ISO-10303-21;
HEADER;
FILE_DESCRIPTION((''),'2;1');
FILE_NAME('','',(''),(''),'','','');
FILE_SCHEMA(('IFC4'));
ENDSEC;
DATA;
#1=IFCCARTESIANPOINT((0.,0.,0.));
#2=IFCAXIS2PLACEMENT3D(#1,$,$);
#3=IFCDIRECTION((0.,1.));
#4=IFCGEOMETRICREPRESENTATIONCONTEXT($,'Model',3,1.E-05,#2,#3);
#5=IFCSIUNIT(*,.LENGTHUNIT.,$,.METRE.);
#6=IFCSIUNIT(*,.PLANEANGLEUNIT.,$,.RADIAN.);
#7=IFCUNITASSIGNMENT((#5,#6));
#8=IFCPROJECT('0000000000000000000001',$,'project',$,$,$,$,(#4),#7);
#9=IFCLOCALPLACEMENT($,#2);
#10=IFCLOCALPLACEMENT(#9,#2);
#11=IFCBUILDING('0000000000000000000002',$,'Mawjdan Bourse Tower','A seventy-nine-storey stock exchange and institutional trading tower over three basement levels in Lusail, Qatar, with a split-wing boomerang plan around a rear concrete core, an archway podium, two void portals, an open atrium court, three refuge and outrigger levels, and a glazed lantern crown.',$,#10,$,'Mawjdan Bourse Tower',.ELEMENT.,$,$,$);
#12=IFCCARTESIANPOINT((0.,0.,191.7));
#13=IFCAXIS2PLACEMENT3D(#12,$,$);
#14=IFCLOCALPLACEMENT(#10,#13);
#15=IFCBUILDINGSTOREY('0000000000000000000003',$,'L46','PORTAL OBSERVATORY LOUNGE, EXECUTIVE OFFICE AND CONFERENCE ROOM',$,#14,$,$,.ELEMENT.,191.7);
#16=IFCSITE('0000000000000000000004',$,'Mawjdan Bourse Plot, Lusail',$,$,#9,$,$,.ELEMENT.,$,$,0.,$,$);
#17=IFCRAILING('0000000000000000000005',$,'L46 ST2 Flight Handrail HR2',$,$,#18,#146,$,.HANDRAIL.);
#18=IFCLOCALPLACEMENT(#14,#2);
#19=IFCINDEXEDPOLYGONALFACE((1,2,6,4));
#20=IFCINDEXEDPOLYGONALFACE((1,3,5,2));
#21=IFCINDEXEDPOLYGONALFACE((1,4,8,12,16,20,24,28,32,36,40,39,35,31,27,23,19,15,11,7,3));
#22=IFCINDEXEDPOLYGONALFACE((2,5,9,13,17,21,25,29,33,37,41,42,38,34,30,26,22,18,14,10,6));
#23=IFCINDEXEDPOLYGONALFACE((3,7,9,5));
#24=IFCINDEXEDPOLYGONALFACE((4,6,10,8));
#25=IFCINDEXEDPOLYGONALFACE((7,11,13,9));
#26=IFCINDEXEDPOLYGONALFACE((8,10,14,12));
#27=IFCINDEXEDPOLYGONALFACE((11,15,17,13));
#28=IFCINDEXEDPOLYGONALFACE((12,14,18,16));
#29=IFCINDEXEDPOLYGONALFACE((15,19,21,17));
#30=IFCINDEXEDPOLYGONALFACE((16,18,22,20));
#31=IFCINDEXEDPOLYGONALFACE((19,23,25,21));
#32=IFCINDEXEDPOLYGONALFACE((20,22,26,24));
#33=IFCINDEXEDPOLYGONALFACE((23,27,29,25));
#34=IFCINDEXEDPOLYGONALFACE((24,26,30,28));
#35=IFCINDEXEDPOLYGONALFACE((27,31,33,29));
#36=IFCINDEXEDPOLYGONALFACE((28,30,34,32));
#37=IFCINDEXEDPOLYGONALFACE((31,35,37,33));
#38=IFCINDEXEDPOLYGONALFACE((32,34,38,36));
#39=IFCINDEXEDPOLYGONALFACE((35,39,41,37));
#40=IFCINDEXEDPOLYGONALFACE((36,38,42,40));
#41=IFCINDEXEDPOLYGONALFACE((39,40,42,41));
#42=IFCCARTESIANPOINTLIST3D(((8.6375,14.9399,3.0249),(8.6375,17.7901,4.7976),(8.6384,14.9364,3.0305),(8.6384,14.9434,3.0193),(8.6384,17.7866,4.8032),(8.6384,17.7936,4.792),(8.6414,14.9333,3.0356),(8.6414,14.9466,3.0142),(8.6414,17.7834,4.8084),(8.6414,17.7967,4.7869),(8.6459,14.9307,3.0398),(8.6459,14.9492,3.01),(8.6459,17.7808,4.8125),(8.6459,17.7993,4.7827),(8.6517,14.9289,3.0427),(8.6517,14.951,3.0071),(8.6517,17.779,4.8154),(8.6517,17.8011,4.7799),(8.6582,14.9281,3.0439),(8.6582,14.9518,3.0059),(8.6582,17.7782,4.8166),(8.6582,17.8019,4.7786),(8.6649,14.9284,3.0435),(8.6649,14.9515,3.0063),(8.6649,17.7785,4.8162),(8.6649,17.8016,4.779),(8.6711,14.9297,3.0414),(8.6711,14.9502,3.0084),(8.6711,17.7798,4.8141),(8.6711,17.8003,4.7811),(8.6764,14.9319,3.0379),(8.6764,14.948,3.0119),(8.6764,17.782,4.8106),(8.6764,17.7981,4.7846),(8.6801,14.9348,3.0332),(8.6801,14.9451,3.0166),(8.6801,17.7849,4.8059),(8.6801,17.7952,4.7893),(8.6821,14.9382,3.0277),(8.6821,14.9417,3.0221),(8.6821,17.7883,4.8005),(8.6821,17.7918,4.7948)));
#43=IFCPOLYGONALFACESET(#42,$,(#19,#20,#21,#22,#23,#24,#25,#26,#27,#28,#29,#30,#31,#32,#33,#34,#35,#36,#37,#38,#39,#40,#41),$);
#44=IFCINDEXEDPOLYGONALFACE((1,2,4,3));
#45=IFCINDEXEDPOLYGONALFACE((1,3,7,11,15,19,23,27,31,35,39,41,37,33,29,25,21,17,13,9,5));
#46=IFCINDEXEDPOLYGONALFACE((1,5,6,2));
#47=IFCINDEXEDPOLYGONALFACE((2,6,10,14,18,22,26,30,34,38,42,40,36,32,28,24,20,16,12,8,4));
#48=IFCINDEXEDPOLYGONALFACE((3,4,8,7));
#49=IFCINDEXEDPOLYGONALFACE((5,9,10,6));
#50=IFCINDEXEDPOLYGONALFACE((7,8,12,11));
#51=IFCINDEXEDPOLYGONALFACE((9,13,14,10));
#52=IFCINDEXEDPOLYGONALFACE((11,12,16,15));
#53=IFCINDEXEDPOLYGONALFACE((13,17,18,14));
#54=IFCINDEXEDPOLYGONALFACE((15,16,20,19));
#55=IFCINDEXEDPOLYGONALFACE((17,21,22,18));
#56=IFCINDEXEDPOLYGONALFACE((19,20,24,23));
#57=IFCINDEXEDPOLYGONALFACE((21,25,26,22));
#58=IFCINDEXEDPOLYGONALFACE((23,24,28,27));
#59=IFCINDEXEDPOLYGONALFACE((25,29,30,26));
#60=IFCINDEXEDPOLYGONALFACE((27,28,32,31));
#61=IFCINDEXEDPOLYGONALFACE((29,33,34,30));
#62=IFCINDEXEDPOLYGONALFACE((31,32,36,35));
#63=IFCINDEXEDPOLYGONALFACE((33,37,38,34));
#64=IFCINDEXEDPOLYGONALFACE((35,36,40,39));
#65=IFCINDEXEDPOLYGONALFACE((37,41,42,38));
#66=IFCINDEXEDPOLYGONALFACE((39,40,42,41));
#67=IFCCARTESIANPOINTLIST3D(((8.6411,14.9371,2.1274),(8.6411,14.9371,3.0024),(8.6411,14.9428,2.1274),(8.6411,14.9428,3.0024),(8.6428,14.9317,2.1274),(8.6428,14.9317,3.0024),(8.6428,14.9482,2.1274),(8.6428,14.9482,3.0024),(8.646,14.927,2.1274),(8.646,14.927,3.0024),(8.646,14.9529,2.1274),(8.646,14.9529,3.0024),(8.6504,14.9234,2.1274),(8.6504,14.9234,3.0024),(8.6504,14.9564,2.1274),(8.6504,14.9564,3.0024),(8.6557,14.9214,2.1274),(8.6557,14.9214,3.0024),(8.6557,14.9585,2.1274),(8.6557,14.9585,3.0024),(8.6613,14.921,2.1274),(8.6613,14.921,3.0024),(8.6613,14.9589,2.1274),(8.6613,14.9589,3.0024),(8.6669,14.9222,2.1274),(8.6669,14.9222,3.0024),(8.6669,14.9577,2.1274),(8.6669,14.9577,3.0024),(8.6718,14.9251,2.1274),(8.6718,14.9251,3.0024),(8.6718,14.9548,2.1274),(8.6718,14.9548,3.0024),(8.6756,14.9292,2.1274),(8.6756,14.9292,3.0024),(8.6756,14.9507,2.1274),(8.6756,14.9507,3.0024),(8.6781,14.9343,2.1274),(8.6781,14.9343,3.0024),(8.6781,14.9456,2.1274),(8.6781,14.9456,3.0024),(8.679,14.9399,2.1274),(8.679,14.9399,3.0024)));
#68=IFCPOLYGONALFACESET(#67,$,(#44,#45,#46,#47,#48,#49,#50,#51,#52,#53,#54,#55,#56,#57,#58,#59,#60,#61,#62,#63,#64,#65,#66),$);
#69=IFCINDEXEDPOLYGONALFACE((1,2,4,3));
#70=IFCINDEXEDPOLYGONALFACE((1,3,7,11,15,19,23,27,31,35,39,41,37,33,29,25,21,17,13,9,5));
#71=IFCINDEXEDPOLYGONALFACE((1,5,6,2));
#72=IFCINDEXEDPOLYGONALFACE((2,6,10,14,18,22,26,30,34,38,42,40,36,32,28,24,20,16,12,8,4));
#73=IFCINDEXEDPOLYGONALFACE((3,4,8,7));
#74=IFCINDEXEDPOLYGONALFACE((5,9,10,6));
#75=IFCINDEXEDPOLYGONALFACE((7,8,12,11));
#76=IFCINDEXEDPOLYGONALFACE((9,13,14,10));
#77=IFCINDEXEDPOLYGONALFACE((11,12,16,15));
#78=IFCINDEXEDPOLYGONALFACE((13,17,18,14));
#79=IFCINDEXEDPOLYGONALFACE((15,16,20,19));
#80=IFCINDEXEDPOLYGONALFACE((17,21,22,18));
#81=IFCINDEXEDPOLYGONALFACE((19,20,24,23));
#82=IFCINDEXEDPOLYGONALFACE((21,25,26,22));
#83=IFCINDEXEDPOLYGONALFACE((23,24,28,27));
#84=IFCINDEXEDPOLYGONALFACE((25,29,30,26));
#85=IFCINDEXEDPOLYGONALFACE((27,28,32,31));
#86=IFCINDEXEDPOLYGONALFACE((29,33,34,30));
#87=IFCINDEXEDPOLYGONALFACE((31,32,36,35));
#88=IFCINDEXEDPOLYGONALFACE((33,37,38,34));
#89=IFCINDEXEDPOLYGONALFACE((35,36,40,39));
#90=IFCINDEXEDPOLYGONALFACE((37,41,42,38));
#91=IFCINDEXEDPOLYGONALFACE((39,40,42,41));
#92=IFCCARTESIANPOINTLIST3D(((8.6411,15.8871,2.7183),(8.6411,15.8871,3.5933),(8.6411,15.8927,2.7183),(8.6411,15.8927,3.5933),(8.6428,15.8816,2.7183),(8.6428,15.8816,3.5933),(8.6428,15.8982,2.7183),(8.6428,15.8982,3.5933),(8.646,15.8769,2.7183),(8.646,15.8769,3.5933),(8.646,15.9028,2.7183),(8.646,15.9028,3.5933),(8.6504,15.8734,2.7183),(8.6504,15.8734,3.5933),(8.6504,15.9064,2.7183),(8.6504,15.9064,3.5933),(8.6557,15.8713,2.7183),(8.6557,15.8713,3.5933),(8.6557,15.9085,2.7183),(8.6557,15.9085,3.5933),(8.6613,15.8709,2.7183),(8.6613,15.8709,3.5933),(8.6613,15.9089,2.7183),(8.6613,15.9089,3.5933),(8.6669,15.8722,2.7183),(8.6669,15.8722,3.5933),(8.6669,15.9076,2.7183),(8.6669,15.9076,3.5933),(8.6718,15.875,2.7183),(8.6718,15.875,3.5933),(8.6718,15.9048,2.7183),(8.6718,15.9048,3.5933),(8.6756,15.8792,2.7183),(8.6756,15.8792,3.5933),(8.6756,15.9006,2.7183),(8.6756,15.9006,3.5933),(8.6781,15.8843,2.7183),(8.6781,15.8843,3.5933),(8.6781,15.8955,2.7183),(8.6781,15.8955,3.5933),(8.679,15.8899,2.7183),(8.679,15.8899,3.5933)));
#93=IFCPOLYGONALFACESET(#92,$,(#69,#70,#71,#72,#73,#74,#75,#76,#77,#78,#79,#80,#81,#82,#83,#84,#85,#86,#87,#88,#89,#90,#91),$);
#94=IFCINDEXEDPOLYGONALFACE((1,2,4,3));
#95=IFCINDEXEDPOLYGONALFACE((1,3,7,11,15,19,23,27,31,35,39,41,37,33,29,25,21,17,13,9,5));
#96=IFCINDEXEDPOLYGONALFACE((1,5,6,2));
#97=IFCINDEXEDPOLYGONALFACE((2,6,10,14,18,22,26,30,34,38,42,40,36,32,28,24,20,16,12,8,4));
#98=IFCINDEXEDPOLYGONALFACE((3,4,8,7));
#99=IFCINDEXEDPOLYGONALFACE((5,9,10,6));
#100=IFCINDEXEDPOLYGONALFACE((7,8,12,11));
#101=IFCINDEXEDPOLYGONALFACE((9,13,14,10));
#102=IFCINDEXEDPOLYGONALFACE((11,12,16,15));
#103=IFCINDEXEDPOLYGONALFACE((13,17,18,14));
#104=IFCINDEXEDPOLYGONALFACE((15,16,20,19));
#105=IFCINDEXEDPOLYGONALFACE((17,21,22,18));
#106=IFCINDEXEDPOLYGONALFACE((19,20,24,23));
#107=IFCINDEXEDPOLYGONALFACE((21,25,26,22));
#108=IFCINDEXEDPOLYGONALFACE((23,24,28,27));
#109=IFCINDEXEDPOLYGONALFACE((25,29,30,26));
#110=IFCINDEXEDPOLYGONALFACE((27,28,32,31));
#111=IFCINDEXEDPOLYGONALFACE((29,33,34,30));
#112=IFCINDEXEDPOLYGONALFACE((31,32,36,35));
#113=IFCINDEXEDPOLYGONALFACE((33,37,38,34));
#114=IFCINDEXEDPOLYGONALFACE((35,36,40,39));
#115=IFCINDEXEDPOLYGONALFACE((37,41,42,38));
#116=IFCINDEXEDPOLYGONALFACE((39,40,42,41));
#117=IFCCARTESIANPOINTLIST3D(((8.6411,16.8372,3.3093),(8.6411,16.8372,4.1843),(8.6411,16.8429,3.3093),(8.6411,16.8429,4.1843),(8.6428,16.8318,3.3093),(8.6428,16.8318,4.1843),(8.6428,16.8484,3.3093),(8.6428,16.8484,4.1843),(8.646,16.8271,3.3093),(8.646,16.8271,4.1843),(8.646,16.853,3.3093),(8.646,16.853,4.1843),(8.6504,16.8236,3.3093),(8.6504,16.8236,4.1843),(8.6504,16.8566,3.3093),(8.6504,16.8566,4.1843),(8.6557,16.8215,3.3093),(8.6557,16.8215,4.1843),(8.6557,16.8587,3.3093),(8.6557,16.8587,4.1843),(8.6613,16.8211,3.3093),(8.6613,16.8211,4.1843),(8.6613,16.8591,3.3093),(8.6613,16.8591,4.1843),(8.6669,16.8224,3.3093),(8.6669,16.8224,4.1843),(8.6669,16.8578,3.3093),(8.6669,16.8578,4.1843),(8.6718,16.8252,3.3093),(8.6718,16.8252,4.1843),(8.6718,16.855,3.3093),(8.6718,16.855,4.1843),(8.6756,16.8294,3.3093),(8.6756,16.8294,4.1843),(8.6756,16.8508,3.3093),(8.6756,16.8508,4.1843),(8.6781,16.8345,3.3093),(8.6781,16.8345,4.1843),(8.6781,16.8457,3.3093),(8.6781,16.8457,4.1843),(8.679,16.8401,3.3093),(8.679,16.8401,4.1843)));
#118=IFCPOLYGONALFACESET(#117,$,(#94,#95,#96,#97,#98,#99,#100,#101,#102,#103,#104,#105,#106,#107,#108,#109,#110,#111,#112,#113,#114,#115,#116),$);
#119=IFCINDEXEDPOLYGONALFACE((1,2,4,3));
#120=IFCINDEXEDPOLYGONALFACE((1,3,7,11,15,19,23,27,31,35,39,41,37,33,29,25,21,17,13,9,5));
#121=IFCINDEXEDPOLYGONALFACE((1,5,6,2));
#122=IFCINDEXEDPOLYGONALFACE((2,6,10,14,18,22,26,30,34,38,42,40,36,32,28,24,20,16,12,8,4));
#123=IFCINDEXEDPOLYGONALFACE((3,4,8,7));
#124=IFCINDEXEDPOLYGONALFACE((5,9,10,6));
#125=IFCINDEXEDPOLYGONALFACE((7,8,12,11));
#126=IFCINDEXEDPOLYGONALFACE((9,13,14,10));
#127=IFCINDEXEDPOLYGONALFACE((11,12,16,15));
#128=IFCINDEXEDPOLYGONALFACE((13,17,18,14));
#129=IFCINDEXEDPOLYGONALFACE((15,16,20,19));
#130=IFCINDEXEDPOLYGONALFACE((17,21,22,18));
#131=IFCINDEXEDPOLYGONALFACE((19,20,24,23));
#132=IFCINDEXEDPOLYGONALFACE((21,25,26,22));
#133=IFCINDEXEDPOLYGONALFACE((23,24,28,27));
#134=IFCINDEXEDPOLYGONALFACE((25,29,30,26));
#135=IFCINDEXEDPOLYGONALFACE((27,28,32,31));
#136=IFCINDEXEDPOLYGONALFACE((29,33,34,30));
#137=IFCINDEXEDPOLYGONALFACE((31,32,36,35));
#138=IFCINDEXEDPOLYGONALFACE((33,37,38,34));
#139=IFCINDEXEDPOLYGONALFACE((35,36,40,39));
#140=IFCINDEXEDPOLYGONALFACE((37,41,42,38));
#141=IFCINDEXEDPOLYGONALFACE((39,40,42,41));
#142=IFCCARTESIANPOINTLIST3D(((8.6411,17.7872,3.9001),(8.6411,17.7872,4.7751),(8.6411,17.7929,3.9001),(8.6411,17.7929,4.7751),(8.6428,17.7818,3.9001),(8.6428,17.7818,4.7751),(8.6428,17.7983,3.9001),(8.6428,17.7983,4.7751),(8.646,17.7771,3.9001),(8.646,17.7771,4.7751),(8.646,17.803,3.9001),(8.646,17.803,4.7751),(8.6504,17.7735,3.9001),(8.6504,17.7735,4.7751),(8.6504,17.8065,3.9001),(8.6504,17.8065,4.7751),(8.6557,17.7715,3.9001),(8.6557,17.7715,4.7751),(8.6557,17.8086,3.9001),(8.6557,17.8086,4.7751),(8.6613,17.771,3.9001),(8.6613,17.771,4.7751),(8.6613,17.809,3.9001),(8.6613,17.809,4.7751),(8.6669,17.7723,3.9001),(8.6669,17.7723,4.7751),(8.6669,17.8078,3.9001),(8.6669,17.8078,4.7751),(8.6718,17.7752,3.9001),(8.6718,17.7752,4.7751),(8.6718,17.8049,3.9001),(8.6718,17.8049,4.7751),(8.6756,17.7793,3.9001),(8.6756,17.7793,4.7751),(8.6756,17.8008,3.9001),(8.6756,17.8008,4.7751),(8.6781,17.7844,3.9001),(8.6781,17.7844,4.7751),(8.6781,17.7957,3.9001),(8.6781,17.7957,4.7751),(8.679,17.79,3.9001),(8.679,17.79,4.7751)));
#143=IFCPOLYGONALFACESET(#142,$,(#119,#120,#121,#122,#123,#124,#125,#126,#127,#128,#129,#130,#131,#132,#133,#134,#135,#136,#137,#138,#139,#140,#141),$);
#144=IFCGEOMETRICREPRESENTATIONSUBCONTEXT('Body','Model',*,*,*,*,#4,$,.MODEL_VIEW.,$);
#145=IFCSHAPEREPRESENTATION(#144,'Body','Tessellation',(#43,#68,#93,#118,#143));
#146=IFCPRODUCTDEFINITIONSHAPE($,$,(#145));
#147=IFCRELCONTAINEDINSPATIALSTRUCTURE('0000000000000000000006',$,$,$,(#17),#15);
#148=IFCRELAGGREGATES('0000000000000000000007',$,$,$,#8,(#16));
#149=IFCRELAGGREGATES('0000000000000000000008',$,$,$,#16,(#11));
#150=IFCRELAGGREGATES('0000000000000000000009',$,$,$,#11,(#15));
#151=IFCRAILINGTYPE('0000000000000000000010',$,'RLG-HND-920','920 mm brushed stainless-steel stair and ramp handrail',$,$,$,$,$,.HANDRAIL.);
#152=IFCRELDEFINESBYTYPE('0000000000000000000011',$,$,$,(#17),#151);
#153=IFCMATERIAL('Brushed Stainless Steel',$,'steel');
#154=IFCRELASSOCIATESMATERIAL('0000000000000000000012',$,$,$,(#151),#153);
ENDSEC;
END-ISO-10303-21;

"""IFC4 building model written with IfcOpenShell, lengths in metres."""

from ifc_helpers import new_model, si_unit, direction, frame, origin, origin_2d, place, context, subcontext, project, spatial, circle, extrude, material, type_object, element, save


model = new_model("IFC4")

# Units and contexts
model_context = context("Model", 3, precision=1e-05, world=origin(), true_north=direction((0.0, 1.0)))
body_context = subcontext(model_context, "Body", "Model", "MODEL_VIEW")
ifc_project = project(units=[si_unit("LENGTHUNIT", "METRE"), si_unit("PLANEANGLEUNIT", "RADIAN")], contexts=[model_context])

# Site, building, storey
site_placement = place(None, origin())
site = spatial("IfcSite", under=ifc_project, at=site_placement, Name="Mawjdan Bourse Plot, Lusail", CompositionType="ELEMENT", RefElevation=0.0)
building_placement = place(site_placement, origin())
building = spatial("IfcBuilding", under=site, at=building_placement, Name="Mawjdan Bourse Tower", Description="A seventy-nine-storey stock exchange and institutional trading tower over three basement levels in Lusail, Qatar, with a split-wing boomerang plan around a rear concrete core, an archway podium, two void portals, an open atrium court, three refuge and outrigger levels, and a glazed lantern crown.", LongName="Mawjdan Bourse Tower", CompositionType="ELEMENT")
storey_placement = place(building_placement, frame((0.0, 0.0, 191.7)))
storey = spatial("IfcBuildingStorey", under=building, at=storey_placement, Name="L46", Description="PORTAL OBSERVATORY LOUNGE, EXECUTIVE OFFICE AND CONFERENCE ROOM", CompositionType="ELEMENT", Elevation=191.7)

# Railing
ifc_material_1 = material(Name="Brushed Stainless Steel", Category="steel")
railing_type_1 = type_object("IfcRailingType", Name="RLG-HND-920", Description="920 mm brushed stainless-steel stair and ramp handrail", PredefinedType="HANDRAIL", material=ifc_material_1)
railing_1_placement = place(storey_placement, frame((8.6599, 14.9399, 2.1274)))
element("IfcRailing", 1, at=railing_1_placement, inside=storey, type_object=railing_type_1, Name="L46 ST2 Flight Handrail HR2", PredefinedType="HANDRAIL", context=body_context, shape_type="SweptSolid", body=[
    extrude(circle(Radius=0.0225, at=origin_2d()), frame((0.0, 0.0, 0.8975), z_axis=(0.0, 0.849149, 0.528154), x_axis=(-1.0, 0.0, 0.0)), (0.0, 0.0, 1.0), 3.3564),
    extrude(circle(Radius=0.019, at=origin_2d()), origin(), (0.0, 0.0, 1.0), 0.875),
    extrude(circle(Radius=0.019, at=origin_2d()), frame((0.0, 0.95, 0.5908)), (0.0, 0.0, 1.0), 0.875),
    extrude(circle(Radius=0.019, at=origin_2d()), frame((0.0, 1.9001, 1.1819)), (0.0, 0.0, 1.0), 0.875),
    extrude(circle(Radius=0.019, at=origin_2d()), frame((0.0, 2.8501, 1.7727)), (0.0, 0.0, 1.0), 0.875),
])

save(model, "model.ifc")
